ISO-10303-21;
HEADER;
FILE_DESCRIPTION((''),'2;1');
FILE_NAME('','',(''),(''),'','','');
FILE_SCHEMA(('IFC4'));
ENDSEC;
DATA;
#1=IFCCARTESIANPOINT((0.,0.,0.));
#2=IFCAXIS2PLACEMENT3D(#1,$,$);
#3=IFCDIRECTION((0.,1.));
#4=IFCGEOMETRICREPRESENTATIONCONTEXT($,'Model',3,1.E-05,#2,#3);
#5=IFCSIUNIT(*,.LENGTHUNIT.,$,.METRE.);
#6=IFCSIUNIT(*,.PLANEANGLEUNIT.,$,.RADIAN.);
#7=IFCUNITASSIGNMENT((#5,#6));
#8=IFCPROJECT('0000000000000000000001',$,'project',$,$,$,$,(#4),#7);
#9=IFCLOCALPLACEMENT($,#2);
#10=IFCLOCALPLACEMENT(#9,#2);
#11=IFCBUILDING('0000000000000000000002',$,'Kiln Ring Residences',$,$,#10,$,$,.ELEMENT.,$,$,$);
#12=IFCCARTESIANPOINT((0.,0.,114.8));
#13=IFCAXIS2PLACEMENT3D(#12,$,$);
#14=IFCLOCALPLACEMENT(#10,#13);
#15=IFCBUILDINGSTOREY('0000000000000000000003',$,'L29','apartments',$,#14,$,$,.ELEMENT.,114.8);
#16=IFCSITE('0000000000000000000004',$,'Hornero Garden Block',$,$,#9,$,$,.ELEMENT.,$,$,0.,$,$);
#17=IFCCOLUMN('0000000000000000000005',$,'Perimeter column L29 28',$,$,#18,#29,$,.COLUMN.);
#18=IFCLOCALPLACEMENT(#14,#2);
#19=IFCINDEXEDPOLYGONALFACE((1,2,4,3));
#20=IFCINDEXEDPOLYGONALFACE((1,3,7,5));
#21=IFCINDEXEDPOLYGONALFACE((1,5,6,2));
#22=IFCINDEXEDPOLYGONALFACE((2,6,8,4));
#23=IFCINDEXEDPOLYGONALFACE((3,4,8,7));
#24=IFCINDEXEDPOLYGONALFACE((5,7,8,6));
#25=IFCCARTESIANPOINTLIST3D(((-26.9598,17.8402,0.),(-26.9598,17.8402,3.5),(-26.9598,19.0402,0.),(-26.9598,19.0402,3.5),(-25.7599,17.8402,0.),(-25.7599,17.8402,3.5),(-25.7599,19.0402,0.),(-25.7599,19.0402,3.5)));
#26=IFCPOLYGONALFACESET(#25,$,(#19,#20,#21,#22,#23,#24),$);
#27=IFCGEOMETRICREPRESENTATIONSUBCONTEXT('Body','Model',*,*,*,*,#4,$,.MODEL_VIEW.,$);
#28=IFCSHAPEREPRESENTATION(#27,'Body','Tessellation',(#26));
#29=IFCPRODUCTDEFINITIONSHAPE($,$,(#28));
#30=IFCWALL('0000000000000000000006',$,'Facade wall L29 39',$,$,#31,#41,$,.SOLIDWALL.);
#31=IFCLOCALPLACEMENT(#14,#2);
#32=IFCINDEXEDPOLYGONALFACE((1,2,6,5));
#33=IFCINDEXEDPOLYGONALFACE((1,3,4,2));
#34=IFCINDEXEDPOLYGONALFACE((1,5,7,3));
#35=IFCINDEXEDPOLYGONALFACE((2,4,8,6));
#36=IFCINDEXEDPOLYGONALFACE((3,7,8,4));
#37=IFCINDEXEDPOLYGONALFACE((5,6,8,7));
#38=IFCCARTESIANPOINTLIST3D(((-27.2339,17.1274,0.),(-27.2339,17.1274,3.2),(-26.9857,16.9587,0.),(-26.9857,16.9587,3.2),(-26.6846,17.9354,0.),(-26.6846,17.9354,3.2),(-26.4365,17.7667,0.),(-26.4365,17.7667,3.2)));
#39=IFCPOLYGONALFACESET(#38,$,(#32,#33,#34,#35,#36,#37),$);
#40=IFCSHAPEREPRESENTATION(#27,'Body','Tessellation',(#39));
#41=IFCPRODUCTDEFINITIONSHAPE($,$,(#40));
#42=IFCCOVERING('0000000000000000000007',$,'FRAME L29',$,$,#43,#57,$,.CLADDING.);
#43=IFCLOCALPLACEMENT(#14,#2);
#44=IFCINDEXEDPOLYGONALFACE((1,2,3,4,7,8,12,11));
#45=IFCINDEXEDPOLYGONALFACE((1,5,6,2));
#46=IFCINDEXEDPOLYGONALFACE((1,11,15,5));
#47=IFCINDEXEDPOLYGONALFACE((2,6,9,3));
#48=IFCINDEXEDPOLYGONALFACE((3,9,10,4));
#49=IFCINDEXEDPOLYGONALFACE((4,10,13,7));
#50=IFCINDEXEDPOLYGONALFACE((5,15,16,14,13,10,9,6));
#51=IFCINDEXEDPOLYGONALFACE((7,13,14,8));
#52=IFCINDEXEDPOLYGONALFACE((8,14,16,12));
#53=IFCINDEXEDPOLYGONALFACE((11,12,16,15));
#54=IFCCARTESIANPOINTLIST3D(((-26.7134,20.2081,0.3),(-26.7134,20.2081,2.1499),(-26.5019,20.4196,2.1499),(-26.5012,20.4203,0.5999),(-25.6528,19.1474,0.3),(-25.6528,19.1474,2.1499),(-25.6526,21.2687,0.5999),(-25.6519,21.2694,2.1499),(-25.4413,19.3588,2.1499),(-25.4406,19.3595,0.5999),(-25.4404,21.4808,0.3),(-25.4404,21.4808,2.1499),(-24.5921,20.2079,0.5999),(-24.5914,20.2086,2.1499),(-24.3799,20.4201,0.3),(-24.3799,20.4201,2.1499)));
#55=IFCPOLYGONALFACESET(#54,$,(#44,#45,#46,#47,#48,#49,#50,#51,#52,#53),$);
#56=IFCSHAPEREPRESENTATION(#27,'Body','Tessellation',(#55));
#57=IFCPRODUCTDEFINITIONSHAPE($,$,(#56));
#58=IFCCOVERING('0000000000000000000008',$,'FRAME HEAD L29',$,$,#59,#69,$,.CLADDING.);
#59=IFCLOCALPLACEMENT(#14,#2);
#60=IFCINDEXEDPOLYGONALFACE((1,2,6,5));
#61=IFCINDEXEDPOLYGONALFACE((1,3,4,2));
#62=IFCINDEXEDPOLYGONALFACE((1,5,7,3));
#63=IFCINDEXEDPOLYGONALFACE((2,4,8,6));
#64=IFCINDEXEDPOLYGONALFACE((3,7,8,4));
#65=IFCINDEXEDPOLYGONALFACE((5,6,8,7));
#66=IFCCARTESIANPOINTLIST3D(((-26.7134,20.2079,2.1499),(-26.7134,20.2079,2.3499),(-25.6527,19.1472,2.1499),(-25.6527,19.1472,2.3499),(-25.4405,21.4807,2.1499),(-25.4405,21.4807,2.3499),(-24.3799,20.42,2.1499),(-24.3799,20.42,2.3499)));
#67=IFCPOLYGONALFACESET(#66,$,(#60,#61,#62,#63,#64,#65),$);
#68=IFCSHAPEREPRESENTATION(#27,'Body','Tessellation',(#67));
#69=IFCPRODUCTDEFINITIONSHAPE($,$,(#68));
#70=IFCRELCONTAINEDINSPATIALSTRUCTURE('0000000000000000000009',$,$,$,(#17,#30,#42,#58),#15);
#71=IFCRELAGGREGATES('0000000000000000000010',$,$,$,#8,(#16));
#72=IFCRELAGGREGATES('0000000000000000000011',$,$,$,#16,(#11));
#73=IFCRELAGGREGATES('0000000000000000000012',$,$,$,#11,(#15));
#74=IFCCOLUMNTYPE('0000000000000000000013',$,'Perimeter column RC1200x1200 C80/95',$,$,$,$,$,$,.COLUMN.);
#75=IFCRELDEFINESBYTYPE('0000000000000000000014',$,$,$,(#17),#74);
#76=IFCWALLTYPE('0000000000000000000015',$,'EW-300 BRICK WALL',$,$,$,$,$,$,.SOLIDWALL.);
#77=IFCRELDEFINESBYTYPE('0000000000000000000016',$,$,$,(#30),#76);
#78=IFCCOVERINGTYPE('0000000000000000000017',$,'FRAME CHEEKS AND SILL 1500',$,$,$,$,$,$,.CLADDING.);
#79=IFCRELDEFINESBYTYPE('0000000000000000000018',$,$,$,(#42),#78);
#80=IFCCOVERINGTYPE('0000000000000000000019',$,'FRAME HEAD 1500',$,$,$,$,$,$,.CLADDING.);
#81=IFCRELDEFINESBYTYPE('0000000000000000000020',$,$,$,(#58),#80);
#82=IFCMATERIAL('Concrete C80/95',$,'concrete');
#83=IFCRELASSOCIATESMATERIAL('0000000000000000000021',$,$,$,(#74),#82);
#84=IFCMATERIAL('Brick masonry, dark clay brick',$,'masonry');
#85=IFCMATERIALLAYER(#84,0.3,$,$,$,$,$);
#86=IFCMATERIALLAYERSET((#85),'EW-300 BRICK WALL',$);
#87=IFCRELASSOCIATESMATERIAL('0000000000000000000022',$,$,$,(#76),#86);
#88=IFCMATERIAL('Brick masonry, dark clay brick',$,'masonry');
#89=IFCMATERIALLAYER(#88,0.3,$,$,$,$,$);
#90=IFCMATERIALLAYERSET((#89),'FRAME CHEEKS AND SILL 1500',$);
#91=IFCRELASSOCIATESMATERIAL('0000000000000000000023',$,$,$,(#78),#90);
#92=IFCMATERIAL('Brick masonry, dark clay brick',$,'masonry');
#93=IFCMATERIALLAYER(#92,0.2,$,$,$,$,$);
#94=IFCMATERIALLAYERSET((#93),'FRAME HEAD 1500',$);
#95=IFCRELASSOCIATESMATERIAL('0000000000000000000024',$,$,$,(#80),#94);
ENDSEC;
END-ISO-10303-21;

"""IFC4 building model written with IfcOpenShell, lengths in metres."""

from ifc_helpers import new_model, si_unit, direction, frame, frame_2d, origin, origin_2d, place, context, subcontext, project, spatial, polyline, rectangle, outline, extrude, material, layer, layer_set, material_profile, profile_set, type_object, element, save


model = new_model("IFC4")

# Units and contexts
model_context = context("Model", 3, precision=1e-05, world=origin(), true_north=direction((0.0, 1.0)))
body_context = subcontext(model_context, "Body", "Model", "MODEL_VIEW")
ifc_project = project(units=[si_unit("LENGTHUNIT", "METRE"), si_unit("PLANEANGLEUNIT", "RADIAN")], contexts=[model_context])

# Site, building, storey
site_placement = place(None, origin())
site = spatial("IfcSite", under=ifc_project, at=site_placement, Name="Hornero Garden Block", CompositionType="ELEMENT", RefElevation=0.0)
building_placement = place(site_placement, origin())
building = spatial("IfcBuilding", under=site, at=building_placement, Name="Kiln Ring Residences", CompositionType="ELEMENT")
storey_placement = place(building_placement, frame((0.0, 0.0, 114.8)))
storey = spatial("IfcBuildingStorey", under=building, at=storey_placement, Name="L29", Description="apartments", CompositionType="ELEMENT", Elevation=114.8)

# Column
ifc_material_1 = material(Name="Concrete C80/95", Category="concrete")
ifc_material_profile = material_profile(ifc_material_1, rectangle(XDim=1.2, YDim=1.2, at=origin_2d()), Name="RC1200x1200")
ifc_profile_set = profile_set([ifc_material_profile], Name="Concrete C80/95")
column_type = type_object("IfcColumnType", Name="Perimeter column RC1200x1200 C80/95", PredefinedType="COLUMN", material=ifc_profile_set)
column_placement = place(storey_placement, frame((-26.3599, 18.4402, 0.0), z_axis=(0.0, 0.0, 1.0), x_axis=(1.0, 0.0, 0.0)))
element("IfcColumn", 1, at=column_placement, inside=storey, type_object=column_type, Name="Perimeter column L29 28", PredefinedType="COLUMN", context=body_context, shape_type="SweptSolid", body=[
    extrude(rectangle(XDim=1.2, YDim=1.2, at=origin_2d()), origin(), (0.0, 0.0, 1.0), 3.5),
])

# Wall
ifc_material_2 = material(Name="Brick masonry, dark clay brick", Category="masonry")
ifc_layer_1 = layer(ifc_material_2, 0.3)
ifc_layer_set_1 = layer_set([ifc_layer_1], Name="EW-300 BRICK WALL")
wall_type_1 = type_object("IfcWallType", Name="EW-300 BRICK WALL", PredefinedType="SOLIDWALL", material=ifc_layer_set_1)
wall_1_placement = place(storey_placement, frame((-26.5605, 17.8511, 0.0), z_axis=(0.0, 0.0, 1.0), x_axis=(-0.562173, -0.827019, 0.0)))
element("IfcWall", 2, at=wall_1_placement, inside=storey, type_object=wall_type_1, Name="Facade wall L29 39", PredefinedType="SOLIDWALL", context=body_context, shape_type="SweptSolid", body=[
    extrude(rectangle(XDim=0.9771, YDim=0.3, at=frame_2d((0.4885, 0.0))), origin(), (0.0, 0.0, 1.0), 3.2),
])

# Coverings
ifc_material_3 = material(Name="Brick masonry, dark clay brick", Category="masonry")
ifc_layer_2 = layer(ifc_material_3, 0.3)
ifc_layer_set_2 = layer_set([ifc_layer_2], Name="FRAME CHEEKS AND SILL 1500")
covering_type_1 = type_object("IfcCoveringType", Name="FRAME CHEEKS AND SILL 1500", PredefinedType="CLADDING", material=ifc_layer_set_2)
covering_1_placement = place(storey_placement, frame((-24.9102, 20.9504, 0.3), z_axis=(0.0, 0.0, 1.0), x_axis=(-0.707175, -0.707039, 0.0)))
element("IfcCovering", 3, at=covering_1_placement, inside=storey, type_object=covering_type_1, Name="FRAME L29", PredefinedType="CLADDING", context=body_context, shape_type="SweptSolid", body=[
    extrude(outline(polyline([(0.0, 0.0), (1.8, 0.0), (1.8, 1.8499), (1.501, 1.8499), (1.5, 0.2998), (0.3, 0.2998), (0.2991, 1.8499), (0.0, 1.8499), (0.0, 0.0)])), frame((0.0, 0.75, 0.0), z_axis=(0.0, -1.0, 0.0), x_axis=(1.0, 0.0, 0.0)), (0.0, 0.0, 1.0), 1.5),
])
ifc_material_4 = material(Name="Brick masonry, dark clay brick", Category="masonry")
ifc_layer_3 = layer(ifc_material_4, 0.2)
ifc_layer_set_3 = layer_set([ifc_layer_3], Name="FRAME HEAD 1500")
covering_type_2 = type_object("IfcCoveringType", Name="FRAME HEAD 1500", PredefinedType="CLADDING", material=ifc_layer_set_3)
covering_2_placement = place(storey_placement, frame((-25.5466, 20.314, 2.1499), z_axis=(0.0, 0.0, 1.0), x_axis=(-0.707107, -0.707107, 0.0)))
element("IfcCovering", 4, at=covering_2_placement, inside=storey, type_object=covering_type_2, Name="FRAME HEAD L29", PredefinedType="CLADDING", context=body_context, shape_type="SweptSolid", body=[
    extrude(rectangle(XDim=1.8, YDim=1.5, at=origin_2d()), origin(), (0.0, 0.0, 1.0), 0.2),
])

save(model, "model.ifc")
